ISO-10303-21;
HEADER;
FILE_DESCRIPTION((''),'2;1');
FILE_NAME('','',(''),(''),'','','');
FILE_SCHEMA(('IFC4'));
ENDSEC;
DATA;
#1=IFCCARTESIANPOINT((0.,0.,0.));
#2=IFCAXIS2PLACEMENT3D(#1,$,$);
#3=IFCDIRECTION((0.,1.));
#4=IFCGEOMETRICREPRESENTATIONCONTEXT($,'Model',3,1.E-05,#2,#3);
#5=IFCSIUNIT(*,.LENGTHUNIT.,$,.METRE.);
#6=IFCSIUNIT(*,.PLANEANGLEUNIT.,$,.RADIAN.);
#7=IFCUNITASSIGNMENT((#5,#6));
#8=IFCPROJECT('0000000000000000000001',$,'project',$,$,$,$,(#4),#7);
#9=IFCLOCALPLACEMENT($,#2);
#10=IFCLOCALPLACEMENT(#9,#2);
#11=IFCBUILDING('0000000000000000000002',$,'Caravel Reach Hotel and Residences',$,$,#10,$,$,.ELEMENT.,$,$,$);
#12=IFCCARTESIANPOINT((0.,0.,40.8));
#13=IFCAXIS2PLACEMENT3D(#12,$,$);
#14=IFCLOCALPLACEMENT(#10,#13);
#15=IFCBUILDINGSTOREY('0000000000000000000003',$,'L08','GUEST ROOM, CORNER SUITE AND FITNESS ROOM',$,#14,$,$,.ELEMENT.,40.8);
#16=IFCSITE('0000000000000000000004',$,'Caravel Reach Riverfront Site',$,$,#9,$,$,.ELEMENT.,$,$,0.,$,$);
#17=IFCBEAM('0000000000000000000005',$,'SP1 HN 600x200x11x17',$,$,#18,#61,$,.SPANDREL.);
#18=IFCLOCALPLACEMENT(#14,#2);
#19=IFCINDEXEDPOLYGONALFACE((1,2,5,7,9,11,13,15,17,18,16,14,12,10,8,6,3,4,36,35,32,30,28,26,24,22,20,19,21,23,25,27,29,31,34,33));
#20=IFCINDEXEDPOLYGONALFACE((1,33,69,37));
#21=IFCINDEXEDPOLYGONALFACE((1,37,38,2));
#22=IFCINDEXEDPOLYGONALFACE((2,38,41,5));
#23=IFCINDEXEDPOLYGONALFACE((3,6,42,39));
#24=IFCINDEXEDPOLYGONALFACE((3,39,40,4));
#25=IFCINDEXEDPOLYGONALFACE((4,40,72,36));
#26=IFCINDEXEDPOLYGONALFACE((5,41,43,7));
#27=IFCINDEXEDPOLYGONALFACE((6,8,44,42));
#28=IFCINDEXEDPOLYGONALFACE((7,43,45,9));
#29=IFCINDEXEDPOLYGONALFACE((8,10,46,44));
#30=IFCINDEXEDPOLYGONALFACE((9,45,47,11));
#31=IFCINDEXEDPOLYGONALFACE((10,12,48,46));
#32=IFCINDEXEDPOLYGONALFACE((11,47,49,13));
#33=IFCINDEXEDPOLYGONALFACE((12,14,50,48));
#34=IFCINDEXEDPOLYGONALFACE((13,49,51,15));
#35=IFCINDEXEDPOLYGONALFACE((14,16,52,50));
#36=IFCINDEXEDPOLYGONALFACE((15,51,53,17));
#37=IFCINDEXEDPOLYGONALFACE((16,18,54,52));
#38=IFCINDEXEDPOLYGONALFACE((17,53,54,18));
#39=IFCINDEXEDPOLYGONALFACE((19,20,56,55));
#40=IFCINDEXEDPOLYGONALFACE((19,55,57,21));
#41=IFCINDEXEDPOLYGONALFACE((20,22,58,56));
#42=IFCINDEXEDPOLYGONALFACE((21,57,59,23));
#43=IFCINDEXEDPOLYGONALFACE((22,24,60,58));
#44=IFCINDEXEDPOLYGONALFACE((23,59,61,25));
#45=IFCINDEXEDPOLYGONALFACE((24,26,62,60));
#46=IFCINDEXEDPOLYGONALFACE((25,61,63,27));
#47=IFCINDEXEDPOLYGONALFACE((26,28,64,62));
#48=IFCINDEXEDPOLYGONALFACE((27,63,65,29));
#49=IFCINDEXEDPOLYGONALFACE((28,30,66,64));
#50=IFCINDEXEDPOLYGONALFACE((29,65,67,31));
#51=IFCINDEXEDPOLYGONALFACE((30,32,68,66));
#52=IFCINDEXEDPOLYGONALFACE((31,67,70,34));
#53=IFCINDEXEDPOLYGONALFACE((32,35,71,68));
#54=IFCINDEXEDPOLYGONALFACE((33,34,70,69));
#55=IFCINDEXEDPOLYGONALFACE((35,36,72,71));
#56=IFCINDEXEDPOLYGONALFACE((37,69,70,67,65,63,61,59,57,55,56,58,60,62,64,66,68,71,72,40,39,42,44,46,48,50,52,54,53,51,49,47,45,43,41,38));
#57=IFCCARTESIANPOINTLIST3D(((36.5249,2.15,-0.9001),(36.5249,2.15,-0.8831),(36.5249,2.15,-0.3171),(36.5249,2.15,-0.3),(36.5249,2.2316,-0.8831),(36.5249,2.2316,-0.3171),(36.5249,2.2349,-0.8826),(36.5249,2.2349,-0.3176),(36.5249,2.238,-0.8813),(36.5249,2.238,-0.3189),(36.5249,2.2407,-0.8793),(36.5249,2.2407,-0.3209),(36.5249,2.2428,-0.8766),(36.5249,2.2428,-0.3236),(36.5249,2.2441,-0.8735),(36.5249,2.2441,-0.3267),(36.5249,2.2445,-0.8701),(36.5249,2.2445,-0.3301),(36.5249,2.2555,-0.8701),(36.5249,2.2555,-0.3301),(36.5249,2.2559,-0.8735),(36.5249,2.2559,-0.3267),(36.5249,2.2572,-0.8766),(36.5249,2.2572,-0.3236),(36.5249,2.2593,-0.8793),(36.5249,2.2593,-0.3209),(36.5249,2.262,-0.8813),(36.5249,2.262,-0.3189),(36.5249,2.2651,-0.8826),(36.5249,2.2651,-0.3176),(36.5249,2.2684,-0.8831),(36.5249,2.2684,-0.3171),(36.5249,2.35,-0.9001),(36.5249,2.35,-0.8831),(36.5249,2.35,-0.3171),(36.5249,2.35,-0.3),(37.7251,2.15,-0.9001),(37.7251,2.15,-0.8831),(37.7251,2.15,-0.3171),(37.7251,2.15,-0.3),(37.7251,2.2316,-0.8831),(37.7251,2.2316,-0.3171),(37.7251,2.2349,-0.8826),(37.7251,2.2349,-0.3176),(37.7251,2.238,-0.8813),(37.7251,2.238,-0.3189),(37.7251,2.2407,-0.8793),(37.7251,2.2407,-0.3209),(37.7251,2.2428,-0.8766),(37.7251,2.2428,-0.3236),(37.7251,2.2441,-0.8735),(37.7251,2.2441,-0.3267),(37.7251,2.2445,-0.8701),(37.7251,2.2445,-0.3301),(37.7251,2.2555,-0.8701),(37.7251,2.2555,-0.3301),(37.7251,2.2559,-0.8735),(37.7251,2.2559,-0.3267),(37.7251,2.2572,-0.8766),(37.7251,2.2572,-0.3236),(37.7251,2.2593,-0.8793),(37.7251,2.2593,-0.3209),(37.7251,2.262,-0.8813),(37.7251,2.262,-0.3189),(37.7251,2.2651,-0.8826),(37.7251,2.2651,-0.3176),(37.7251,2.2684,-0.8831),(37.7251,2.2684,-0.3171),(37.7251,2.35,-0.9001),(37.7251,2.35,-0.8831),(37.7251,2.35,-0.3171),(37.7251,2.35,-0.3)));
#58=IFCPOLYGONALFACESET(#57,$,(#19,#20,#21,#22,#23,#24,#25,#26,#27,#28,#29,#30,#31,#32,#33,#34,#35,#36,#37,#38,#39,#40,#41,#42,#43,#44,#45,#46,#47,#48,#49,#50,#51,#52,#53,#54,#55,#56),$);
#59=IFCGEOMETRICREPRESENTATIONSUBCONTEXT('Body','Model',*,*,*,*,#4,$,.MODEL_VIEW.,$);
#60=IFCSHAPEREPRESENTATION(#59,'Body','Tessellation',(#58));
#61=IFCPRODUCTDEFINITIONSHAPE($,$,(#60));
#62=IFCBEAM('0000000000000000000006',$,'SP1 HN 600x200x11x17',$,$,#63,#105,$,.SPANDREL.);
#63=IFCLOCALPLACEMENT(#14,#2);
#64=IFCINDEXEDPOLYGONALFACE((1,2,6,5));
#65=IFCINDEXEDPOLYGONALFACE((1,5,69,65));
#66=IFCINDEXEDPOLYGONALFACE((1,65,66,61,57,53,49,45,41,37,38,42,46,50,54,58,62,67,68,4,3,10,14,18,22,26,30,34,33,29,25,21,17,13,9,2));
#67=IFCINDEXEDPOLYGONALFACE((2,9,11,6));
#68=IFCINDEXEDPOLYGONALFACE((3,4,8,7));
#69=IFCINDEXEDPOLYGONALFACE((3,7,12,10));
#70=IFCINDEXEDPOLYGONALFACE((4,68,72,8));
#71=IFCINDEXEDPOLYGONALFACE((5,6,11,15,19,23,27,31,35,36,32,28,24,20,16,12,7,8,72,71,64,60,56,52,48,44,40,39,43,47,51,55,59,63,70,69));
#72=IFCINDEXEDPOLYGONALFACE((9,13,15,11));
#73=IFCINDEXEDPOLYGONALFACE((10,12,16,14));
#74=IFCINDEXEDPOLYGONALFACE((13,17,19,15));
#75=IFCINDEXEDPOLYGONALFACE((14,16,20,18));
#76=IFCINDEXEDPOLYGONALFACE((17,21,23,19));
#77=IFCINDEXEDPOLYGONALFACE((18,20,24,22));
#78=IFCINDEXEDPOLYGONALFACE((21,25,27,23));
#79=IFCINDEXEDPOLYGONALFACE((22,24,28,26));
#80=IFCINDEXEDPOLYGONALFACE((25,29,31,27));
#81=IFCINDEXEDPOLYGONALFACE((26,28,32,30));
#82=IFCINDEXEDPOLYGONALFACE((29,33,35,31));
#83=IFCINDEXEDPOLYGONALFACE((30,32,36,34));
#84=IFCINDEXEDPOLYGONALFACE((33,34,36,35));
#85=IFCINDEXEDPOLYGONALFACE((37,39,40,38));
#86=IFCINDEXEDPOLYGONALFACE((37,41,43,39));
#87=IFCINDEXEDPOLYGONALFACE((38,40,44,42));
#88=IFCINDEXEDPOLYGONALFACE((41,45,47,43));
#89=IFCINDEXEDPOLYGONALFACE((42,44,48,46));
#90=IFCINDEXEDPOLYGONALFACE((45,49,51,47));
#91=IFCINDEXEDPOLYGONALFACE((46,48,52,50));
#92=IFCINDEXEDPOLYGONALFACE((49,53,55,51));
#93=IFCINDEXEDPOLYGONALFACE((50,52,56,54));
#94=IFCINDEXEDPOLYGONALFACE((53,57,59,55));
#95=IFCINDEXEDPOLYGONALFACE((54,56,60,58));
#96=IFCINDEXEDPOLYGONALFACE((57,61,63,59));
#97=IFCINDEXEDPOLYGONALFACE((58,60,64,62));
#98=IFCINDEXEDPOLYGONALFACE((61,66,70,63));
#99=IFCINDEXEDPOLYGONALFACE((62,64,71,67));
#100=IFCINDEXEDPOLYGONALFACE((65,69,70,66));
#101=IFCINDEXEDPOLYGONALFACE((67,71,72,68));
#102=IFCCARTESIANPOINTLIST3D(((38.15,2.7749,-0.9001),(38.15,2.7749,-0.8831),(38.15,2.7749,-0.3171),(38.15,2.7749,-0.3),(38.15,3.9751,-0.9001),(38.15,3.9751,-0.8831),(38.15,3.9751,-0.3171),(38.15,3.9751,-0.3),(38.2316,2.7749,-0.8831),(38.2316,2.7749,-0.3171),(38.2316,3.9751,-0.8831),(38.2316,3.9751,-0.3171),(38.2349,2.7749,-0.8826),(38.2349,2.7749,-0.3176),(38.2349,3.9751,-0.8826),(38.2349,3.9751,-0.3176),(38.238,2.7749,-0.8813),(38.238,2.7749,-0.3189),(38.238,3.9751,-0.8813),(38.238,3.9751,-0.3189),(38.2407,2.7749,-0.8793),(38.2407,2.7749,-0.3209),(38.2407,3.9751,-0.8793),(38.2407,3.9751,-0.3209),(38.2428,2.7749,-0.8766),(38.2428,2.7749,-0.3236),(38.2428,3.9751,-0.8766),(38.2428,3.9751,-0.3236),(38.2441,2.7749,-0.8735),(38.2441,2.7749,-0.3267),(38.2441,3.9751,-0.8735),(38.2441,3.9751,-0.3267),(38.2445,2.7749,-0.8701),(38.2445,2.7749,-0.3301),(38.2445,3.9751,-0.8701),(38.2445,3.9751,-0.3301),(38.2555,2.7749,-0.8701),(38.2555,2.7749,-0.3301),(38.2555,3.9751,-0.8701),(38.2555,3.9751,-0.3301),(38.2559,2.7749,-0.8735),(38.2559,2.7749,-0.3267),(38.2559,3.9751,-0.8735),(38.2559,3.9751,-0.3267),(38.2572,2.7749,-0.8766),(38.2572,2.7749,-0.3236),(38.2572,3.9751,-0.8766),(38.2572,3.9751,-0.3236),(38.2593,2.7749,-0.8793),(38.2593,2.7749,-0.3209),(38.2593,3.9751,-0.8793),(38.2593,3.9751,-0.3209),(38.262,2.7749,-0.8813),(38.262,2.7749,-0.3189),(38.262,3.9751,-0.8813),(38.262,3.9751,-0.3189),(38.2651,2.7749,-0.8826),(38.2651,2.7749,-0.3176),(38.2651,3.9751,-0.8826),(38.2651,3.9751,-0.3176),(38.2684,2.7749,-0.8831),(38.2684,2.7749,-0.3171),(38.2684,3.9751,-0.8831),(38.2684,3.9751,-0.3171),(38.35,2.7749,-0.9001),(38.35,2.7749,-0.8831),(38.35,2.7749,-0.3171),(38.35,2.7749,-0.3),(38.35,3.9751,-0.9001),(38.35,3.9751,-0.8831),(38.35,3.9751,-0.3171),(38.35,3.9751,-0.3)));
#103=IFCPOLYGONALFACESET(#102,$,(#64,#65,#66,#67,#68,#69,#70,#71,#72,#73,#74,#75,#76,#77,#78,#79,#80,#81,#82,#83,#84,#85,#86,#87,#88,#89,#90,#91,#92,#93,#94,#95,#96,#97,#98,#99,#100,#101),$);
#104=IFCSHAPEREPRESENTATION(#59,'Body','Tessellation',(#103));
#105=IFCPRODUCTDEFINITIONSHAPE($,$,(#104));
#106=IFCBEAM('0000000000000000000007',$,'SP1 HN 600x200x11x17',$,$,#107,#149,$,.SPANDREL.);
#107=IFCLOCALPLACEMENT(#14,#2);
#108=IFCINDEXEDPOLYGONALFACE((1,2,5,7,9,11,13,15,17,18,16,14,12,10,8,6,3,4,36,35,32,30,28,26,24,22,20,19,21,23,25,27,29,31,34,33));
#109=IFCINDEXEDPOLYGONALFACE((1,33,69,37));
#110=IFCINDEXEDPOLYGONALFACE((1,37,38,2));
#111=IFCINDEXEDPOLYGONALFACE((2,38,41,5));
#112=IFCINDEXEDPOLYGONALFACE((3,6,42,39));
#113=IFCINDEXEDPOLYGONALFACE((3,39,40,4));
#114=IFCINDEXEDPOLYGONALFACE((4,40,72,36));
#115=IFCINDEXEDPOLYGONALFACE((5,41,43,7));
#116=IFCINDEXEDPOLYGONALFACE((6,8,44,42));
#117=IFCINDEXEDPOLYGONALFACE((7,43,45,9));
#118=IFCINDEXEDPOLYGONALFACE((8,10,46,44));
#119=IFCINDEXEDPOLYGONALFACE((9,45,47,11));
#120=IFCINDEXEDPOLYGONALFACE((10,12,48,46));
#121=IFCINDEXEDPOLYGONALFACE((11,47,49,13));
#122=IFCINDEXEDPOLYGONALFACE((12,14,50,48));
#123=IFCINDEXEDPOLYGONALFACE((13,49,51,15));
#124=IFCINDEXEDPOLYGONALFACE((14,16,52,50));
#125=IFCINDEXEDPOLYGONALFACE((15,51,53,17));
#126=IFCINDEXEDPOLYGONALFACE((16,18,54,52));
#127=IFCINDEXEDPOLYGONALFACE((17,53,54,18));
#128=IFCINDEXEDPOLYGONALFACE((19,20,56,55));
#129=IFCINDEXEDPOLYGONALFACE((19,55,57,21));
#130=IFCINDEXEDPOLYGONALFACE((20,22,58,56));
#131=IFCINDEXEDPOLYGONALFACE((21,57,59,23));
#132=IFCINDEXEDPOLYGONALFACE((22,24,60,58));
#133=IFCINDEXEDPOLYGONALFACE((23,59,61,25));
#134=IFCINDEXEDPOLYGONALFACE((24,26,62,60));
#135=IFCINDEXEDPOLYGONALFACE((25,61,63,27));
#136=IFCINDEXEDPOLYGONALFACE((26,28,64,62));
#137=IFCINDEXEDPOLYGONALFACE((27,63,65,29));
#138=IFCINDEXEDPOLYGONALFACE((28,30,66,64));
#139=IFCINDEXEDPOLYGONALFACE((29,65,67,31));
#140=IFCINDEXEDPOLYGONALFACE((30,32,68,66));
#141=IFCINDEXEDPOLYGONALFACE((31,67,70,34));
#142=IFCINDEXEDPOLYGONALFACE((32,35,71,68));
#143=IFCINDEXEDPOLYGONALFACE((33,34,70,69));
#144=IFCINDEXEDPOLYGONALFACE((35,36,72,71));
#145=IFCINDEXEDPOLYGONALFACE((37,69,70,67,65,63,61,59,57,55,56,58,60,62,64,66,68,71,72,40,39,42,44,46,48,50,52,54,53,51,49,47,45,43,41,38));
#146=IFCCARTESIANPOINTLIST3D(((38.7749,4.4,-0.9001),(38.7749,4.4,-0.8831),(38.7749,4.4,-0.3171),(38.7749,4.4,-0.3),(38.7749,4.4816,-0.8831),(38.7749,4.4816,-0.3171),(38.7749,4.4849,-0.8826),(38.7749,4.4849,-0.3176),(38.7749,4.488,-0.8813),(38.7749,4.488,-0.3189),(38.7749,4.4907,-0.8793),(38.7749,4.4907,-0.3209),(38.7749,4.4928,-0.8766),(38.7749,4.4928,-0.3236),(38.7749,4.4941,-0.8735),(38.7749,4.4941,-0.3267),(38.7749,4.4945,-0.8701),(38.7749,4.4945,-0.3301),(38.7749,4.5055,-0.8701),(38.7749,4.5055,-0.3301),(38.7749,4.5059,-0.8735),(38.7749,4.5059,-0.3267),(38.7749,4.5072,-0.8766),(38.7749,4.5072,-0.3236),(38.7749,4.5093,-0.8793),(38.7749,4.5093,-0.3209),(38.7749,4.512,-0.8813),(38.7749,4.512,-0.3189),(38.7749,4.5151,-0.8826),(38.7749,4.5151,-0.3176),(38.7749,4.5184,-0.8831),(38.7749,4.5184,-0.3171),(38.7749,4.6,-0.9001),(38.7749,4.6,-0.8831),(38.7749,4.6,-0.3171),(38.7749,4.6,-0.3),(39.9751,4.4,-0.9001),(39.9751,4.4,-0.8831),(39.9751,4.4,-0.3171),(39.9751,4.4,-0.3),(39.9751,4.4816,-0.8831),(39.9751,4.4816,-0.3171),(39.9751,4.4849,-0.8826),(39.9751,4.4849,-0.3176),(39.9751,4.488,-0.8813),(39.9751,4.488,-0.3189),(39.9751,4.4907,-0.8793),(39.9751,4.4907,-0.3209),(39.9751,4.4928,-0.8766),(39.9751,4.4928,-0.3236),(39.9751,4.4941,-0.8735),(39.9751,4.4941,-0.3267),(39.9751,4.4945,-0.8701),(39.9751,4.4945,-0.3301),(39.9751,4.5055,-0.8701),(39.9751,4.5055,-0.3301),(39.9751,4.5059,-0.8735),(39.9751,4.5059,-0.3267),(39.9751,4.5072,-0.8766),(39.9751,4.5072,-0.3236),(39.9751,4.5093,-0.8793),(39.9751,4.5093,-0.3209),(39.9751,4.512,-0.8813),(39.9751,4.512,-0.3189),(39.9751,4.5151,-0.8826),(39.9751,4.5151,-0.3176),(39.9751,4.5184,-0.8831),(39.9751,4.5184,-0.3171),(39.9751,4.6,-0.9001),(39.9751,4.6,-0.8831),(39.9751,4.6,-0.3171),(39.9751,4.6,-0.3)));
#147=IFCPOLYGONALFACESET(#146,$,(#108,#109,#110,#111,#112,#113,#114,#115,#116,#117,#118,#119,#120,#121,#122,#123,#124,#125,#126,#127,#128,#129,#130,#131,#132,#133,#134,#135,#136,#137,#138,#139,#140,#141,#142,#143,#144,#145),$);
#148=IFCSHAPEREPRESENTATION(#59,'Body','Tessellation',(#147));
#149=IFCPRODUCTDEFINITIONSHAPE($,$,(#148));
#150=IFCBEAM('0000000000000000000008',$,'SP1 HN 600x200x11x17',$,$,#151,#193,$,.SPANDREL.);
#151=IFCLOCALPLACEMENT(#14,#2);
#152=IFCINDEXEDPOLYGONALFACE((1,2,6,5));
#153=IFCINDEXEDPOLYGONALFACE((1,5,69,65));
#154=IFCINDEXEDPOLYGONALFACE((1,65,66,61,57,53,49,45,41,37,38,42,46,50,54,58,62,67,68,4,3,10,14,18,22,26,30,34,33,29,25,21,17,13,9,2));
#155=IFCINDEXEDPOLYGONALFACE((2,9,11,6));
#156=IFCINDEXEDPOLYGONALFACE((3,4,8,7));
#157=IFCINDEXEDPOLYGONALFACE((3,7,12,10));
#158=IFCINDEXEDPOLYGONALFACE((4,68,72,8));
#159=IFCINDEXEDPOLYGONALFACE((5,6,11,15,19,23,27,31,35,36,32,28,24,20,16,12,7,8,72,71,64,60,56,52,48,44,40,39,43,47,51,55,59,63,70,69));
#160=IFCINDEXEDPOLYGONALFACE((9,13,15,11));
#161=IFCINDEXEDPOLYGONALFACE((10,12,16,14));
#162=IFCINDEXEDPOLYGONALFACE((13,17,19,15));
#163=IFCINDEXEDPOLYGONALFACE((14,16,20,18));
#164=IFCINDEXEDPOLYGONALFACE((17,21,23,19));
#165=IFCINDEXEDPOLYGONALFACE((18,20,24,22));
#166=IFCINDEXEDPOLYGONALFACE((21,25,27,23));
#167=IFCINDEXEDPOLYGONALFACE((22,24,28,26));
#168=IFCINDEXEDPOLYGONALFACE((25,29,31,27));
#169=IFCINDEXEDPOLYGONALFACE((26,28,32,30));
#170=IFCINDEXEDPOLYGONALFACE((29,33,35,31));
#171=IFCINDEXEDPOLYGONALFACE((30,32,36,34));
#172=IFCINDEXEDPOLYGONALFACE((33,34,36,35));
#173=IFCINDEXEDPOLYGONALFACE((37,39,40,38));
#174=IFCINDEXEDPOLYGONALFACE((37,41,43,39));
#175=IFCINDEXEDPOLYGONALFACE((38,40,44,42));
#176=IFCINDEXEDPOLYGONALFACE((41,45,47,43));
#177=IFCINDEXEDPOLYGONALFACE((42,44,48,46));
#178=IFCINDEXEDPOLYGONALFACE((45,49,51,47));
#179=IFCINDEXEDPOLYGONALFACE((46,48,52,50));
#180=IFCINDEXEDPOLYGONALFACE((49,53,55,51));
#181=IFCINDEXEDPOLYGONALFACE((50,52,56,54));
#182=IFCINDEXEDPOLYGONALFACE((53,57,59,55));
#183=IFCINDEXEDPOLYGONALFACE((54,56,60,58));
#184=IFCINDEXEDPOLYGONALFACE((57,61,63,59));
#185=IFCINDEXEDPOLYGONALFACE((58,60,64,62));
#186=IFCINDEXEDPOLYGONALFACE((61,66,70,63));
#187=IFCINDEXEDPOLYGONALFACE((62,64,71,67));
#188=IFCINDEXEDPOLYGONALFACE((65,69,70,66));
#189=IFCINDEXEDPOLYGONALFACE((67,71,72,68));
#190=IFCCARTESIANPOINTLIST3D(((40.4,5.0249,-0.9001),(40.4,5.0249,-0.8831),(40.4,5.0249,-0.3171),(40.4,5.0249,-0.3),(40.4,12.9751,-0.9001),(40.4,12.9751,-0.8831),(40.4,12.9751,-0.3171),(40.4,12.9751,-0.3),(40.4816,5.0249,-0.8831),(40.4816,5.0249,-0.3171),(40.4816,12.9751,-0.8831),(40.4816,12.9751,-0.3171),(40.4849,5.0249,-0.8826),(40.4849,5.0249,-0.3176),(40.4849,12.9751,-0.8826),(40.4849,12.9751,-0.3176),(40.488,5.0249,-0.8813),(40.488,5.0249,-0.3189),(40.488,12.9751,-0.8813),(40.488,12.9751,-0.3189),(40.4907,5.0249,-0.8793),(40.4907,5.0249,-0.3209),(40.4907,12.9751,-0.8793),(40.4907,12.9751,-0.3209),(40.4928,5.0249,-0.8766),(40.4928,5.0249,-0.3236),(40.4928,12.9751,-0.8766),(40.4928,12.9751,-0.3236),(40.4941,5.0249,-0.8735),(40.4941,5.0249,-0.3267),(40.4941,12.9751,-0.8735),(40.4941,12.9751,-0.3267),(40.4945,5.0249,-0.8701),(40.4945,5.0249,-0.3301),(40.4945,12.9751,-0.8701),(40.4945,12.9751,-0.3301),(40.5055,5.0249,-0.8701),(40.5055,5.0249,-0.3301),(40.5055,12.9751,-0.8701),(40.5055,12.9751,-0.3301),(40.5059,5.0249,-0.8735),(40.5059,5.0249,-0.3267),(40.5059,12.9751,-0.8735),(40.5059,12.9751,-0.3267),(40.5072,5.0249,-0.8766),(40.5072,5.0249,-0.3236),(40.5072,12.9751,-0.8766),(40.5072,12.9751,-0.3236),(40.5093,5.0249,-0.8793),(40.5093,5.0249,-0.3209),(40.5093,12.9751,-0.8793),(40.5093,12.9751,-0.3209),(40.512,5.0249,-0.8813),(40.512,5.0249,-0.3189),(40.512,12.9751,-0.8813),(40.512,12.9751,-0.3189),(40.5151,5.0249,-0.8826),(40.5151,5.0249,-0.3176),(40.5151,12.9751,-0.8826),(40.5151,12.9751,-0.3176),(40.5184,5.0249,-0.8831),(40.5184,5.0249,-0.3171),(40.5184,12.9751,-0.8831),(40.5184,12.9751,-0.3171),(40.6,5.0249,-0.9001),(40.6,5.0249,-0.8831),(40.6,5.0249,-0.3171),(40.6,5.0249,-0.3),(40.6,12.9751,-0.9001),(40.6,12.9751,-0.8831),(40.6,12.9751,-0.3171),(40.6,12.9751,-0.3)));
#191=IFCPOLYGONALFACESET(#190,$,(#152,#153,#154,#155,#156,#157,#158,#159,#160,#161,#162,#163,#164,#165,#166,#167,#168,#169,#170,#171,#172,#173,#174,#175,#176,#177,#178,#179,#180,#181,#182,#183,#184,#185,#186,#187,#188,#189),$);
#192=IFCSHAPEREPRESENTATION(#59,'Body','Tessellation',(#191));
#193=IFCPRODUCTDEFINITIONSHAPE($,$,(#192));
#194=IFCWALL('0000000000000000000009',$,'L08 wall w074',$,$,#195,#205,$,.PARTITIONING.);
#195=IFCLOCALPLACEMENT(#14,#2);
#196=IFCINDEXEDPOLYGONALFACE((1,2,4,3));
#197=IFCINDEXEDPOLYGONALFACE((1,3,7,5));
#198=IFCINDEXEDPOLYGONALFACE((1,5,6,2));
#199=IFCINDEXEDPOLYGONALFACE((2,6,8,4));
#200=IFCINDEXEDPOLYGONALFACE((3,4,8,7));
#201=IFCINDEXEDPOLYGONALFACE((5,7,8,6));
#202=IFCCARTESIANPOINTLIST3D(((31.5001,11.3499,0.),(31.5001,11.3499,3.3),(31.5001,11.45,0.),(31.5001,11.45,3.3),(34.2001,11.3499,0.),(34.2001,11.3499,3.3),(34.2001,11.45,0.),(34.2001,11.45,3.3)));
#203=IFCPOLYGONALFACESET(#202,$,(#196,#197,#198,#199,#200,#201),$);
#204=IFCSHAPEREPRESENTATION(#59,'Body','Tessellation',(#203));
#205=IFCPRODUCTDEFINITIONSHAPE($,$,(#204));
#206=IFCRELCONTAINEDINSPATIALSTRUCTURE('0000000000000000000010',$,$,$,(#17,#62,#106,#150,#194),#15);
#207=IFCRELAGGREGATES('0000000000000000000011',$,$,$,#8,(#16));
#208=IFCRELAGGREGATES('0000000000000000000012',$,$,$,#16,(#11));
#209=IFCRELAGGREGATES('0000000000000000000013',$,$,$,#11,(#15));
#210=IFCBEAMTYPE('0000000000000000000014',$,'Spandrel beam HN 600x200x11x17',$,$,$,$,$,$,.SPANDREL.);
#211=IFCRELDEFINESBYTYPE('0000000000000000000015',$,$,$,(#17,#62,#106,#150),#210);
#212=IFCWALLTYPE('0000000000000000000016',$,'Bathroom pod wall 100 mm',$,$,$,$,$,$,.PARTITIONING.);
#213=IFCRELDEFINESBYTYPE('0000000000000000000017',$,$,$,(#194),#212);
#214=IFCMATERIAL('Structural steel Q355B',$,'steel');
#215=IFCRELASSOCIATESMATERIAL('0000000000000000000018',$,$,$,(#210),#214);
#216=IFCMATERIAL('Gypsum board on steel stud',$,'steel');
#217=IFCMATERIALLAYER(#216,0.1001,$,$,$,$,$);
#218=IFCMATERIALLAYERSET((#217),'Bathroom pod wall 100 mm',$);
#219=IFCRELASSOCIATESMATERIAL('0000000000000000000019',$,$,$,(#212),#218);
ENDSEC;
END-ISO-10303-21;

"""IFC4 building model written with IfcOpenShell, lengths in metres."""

from ifc_helpers import new_model, si_unit, direction, frame, frame_2d, origin, origin_2d, place, context, subcontext, project, spatial, rectangle, i_section, extrude, material, layer, layer_set, material_profile, profile_set, type_object, element, save


model = new_model("IFC4")

# Units and contexts
model_context = context("Model", 3, precision=1e-05, world=origin(), true_north=direction((0.0, 1.0)))
body_context = subcontext(model_context, "Body", "Model", "MODEL_VIEW")
ifc_project = project(units=[si_unit("LENGTHUNIT", "METRE"), si_unit("PLANEANGLEUNIT", "RADIAN")], contexts=[model_context])

# Site, building, storey
site_placement = place(None, origin())
site = spatial("IfcSite", under=ifc_project, at=site_placement, Name="Caravel Reach Riverfront Site", CompositionType="ELEMENT", RefElevation=0.0)
building_placement = place(site_placement, origin())
building = spatial("IfcBuilding", under=site, at=building_placement, Name="Caravel Reach Hotel and Residences", CompositionType="ELEMENT")
storey_placement = place(building_placement, frame((0.0, 0.0, 40.8)))
storey = spatial("IfcBuildingStorey", under=building, at=storey_placement, Name="L08", Description="GUEST ROOM, CORNER SUITE AND FITNESS ROOM", CompositionType="ELEMENT", Elevation=40.8)

# Beams
ifc_material_1 = material(Name="Structural steel Q355B", Category="steel")
ifc_material_profile_1 = material_profile(ifc_material_1, i_section(OverallWidth=0.2, OverallDepth=0.6001, WebThickness=0.011, FlangeThickness=0.0171, FilletRadius=0.0129, at=origin_2d()), Name="HN 600x200x11x17")
ifc_profile_set_1 = profile_set([ifc_material_profile_1], Name="Structural steel Q355B")
beam_type_1 = type_object("IfcBeamType", Name="Spandrel beam HN 600x200x11x17", PredefinedType="SPANDREL", material=ifc_profile_set_1)
for number, where, z_axis, x_axis, name in (
    (1, (36.5249, 2.25, -0.6001), (1.0, 0.0, 0.0), (0.0, 1.0, 0.0), "SP1 HN 600x200x11x17"),
    (2, (38.25, 2.7749, -0.6001), (0.0, 1.0, 0.0), (-1.0, 0.0, 0.0), "SP1 HN 600x200x11x17"),
    (3, (38.7749, 4.5, -0.6001), (1.0, 0.0, 0.0), (0.0, 1.0, 0.0), "SP1 HN 600x200x11x17"),
):
    element("IfcBeam", number, at=place(storey_placement, frame(where, z_axis=z_axis, x_axis=x_axis)), inside=storey, type_object=beam_type_1, Name=name, PredefinedType="SPANDREL", context=body_context, shape_type="SweptSolid", body=[
        extrude(i_section(OverallWidth=0.2, OverallDepth=0.6001, WebThickness=0.011, FlangeThickness=0.0171, FilletRadius=0.0129, at=origin_2d()), origin(), (0.0, 0.0, 1.0), 1.2002),
    ])
beam_1_placement = place(storey_placement, frame((40.5, 5.0249, -0.6001), z_axis=(0.0, 1.0, 0.0), x_axis=(-1.0, 0.0, 0.0)))
element("IfcBeam", 4, at=beam_1_placement, inside=storey, type_object=beam_type_1, Name="SP1 HN 600x200x11x17", PredefinedType="SPANDREL", context=body_context, shape_type="SweptSolid", body=[
    extrude(i_section(OverallWidth=0.2, OverallDepth=0.6001, WebThickness=0.011, FlangeThickness=0.0171, FilletRadius=0.0129, at=origin_2d()), origin(), (0.0, 0.0, 1.0), 7.9502),
])

# Wall
ifc_material_2 = material(Name="Gypsum board on steel stud", Category="steel")
ifc_layer_1 = layer(ifc_material_2, 0.1001)
ifc_layer_set_1 = layer_set([ifc_layer_1], Name="Bathroom pod wall 100 mm")
wall_type_1 = type_object("IfcWallType", Name="Bathroom pod wall 100 mm", PredefinedType="PARTITIONING", material=ifc_layer_set_1)
wall_1_placement = place(storey_placement, frame((31.5, 11.3999, 0.0), z_axis=(0.0, 0.0, 1.0), x_axis=(1.0, 0.0, 0.0)))
element("IfcWall", 5, at=wall_1_placement, inside=storey, type_object=wall_type_1, Name="L08 wall w074", PredefinedType="PARTITIONING", context=body_context, shape_type="SweptSolid", body=[
    extrude(rectangle(XDim=2.7, YDim=0.1001, at=frame_2d((1.3501, 0.0))), origin(), (0.0, 0.0, 1.0), 3.3),
])

save(model, "model.ifc")
